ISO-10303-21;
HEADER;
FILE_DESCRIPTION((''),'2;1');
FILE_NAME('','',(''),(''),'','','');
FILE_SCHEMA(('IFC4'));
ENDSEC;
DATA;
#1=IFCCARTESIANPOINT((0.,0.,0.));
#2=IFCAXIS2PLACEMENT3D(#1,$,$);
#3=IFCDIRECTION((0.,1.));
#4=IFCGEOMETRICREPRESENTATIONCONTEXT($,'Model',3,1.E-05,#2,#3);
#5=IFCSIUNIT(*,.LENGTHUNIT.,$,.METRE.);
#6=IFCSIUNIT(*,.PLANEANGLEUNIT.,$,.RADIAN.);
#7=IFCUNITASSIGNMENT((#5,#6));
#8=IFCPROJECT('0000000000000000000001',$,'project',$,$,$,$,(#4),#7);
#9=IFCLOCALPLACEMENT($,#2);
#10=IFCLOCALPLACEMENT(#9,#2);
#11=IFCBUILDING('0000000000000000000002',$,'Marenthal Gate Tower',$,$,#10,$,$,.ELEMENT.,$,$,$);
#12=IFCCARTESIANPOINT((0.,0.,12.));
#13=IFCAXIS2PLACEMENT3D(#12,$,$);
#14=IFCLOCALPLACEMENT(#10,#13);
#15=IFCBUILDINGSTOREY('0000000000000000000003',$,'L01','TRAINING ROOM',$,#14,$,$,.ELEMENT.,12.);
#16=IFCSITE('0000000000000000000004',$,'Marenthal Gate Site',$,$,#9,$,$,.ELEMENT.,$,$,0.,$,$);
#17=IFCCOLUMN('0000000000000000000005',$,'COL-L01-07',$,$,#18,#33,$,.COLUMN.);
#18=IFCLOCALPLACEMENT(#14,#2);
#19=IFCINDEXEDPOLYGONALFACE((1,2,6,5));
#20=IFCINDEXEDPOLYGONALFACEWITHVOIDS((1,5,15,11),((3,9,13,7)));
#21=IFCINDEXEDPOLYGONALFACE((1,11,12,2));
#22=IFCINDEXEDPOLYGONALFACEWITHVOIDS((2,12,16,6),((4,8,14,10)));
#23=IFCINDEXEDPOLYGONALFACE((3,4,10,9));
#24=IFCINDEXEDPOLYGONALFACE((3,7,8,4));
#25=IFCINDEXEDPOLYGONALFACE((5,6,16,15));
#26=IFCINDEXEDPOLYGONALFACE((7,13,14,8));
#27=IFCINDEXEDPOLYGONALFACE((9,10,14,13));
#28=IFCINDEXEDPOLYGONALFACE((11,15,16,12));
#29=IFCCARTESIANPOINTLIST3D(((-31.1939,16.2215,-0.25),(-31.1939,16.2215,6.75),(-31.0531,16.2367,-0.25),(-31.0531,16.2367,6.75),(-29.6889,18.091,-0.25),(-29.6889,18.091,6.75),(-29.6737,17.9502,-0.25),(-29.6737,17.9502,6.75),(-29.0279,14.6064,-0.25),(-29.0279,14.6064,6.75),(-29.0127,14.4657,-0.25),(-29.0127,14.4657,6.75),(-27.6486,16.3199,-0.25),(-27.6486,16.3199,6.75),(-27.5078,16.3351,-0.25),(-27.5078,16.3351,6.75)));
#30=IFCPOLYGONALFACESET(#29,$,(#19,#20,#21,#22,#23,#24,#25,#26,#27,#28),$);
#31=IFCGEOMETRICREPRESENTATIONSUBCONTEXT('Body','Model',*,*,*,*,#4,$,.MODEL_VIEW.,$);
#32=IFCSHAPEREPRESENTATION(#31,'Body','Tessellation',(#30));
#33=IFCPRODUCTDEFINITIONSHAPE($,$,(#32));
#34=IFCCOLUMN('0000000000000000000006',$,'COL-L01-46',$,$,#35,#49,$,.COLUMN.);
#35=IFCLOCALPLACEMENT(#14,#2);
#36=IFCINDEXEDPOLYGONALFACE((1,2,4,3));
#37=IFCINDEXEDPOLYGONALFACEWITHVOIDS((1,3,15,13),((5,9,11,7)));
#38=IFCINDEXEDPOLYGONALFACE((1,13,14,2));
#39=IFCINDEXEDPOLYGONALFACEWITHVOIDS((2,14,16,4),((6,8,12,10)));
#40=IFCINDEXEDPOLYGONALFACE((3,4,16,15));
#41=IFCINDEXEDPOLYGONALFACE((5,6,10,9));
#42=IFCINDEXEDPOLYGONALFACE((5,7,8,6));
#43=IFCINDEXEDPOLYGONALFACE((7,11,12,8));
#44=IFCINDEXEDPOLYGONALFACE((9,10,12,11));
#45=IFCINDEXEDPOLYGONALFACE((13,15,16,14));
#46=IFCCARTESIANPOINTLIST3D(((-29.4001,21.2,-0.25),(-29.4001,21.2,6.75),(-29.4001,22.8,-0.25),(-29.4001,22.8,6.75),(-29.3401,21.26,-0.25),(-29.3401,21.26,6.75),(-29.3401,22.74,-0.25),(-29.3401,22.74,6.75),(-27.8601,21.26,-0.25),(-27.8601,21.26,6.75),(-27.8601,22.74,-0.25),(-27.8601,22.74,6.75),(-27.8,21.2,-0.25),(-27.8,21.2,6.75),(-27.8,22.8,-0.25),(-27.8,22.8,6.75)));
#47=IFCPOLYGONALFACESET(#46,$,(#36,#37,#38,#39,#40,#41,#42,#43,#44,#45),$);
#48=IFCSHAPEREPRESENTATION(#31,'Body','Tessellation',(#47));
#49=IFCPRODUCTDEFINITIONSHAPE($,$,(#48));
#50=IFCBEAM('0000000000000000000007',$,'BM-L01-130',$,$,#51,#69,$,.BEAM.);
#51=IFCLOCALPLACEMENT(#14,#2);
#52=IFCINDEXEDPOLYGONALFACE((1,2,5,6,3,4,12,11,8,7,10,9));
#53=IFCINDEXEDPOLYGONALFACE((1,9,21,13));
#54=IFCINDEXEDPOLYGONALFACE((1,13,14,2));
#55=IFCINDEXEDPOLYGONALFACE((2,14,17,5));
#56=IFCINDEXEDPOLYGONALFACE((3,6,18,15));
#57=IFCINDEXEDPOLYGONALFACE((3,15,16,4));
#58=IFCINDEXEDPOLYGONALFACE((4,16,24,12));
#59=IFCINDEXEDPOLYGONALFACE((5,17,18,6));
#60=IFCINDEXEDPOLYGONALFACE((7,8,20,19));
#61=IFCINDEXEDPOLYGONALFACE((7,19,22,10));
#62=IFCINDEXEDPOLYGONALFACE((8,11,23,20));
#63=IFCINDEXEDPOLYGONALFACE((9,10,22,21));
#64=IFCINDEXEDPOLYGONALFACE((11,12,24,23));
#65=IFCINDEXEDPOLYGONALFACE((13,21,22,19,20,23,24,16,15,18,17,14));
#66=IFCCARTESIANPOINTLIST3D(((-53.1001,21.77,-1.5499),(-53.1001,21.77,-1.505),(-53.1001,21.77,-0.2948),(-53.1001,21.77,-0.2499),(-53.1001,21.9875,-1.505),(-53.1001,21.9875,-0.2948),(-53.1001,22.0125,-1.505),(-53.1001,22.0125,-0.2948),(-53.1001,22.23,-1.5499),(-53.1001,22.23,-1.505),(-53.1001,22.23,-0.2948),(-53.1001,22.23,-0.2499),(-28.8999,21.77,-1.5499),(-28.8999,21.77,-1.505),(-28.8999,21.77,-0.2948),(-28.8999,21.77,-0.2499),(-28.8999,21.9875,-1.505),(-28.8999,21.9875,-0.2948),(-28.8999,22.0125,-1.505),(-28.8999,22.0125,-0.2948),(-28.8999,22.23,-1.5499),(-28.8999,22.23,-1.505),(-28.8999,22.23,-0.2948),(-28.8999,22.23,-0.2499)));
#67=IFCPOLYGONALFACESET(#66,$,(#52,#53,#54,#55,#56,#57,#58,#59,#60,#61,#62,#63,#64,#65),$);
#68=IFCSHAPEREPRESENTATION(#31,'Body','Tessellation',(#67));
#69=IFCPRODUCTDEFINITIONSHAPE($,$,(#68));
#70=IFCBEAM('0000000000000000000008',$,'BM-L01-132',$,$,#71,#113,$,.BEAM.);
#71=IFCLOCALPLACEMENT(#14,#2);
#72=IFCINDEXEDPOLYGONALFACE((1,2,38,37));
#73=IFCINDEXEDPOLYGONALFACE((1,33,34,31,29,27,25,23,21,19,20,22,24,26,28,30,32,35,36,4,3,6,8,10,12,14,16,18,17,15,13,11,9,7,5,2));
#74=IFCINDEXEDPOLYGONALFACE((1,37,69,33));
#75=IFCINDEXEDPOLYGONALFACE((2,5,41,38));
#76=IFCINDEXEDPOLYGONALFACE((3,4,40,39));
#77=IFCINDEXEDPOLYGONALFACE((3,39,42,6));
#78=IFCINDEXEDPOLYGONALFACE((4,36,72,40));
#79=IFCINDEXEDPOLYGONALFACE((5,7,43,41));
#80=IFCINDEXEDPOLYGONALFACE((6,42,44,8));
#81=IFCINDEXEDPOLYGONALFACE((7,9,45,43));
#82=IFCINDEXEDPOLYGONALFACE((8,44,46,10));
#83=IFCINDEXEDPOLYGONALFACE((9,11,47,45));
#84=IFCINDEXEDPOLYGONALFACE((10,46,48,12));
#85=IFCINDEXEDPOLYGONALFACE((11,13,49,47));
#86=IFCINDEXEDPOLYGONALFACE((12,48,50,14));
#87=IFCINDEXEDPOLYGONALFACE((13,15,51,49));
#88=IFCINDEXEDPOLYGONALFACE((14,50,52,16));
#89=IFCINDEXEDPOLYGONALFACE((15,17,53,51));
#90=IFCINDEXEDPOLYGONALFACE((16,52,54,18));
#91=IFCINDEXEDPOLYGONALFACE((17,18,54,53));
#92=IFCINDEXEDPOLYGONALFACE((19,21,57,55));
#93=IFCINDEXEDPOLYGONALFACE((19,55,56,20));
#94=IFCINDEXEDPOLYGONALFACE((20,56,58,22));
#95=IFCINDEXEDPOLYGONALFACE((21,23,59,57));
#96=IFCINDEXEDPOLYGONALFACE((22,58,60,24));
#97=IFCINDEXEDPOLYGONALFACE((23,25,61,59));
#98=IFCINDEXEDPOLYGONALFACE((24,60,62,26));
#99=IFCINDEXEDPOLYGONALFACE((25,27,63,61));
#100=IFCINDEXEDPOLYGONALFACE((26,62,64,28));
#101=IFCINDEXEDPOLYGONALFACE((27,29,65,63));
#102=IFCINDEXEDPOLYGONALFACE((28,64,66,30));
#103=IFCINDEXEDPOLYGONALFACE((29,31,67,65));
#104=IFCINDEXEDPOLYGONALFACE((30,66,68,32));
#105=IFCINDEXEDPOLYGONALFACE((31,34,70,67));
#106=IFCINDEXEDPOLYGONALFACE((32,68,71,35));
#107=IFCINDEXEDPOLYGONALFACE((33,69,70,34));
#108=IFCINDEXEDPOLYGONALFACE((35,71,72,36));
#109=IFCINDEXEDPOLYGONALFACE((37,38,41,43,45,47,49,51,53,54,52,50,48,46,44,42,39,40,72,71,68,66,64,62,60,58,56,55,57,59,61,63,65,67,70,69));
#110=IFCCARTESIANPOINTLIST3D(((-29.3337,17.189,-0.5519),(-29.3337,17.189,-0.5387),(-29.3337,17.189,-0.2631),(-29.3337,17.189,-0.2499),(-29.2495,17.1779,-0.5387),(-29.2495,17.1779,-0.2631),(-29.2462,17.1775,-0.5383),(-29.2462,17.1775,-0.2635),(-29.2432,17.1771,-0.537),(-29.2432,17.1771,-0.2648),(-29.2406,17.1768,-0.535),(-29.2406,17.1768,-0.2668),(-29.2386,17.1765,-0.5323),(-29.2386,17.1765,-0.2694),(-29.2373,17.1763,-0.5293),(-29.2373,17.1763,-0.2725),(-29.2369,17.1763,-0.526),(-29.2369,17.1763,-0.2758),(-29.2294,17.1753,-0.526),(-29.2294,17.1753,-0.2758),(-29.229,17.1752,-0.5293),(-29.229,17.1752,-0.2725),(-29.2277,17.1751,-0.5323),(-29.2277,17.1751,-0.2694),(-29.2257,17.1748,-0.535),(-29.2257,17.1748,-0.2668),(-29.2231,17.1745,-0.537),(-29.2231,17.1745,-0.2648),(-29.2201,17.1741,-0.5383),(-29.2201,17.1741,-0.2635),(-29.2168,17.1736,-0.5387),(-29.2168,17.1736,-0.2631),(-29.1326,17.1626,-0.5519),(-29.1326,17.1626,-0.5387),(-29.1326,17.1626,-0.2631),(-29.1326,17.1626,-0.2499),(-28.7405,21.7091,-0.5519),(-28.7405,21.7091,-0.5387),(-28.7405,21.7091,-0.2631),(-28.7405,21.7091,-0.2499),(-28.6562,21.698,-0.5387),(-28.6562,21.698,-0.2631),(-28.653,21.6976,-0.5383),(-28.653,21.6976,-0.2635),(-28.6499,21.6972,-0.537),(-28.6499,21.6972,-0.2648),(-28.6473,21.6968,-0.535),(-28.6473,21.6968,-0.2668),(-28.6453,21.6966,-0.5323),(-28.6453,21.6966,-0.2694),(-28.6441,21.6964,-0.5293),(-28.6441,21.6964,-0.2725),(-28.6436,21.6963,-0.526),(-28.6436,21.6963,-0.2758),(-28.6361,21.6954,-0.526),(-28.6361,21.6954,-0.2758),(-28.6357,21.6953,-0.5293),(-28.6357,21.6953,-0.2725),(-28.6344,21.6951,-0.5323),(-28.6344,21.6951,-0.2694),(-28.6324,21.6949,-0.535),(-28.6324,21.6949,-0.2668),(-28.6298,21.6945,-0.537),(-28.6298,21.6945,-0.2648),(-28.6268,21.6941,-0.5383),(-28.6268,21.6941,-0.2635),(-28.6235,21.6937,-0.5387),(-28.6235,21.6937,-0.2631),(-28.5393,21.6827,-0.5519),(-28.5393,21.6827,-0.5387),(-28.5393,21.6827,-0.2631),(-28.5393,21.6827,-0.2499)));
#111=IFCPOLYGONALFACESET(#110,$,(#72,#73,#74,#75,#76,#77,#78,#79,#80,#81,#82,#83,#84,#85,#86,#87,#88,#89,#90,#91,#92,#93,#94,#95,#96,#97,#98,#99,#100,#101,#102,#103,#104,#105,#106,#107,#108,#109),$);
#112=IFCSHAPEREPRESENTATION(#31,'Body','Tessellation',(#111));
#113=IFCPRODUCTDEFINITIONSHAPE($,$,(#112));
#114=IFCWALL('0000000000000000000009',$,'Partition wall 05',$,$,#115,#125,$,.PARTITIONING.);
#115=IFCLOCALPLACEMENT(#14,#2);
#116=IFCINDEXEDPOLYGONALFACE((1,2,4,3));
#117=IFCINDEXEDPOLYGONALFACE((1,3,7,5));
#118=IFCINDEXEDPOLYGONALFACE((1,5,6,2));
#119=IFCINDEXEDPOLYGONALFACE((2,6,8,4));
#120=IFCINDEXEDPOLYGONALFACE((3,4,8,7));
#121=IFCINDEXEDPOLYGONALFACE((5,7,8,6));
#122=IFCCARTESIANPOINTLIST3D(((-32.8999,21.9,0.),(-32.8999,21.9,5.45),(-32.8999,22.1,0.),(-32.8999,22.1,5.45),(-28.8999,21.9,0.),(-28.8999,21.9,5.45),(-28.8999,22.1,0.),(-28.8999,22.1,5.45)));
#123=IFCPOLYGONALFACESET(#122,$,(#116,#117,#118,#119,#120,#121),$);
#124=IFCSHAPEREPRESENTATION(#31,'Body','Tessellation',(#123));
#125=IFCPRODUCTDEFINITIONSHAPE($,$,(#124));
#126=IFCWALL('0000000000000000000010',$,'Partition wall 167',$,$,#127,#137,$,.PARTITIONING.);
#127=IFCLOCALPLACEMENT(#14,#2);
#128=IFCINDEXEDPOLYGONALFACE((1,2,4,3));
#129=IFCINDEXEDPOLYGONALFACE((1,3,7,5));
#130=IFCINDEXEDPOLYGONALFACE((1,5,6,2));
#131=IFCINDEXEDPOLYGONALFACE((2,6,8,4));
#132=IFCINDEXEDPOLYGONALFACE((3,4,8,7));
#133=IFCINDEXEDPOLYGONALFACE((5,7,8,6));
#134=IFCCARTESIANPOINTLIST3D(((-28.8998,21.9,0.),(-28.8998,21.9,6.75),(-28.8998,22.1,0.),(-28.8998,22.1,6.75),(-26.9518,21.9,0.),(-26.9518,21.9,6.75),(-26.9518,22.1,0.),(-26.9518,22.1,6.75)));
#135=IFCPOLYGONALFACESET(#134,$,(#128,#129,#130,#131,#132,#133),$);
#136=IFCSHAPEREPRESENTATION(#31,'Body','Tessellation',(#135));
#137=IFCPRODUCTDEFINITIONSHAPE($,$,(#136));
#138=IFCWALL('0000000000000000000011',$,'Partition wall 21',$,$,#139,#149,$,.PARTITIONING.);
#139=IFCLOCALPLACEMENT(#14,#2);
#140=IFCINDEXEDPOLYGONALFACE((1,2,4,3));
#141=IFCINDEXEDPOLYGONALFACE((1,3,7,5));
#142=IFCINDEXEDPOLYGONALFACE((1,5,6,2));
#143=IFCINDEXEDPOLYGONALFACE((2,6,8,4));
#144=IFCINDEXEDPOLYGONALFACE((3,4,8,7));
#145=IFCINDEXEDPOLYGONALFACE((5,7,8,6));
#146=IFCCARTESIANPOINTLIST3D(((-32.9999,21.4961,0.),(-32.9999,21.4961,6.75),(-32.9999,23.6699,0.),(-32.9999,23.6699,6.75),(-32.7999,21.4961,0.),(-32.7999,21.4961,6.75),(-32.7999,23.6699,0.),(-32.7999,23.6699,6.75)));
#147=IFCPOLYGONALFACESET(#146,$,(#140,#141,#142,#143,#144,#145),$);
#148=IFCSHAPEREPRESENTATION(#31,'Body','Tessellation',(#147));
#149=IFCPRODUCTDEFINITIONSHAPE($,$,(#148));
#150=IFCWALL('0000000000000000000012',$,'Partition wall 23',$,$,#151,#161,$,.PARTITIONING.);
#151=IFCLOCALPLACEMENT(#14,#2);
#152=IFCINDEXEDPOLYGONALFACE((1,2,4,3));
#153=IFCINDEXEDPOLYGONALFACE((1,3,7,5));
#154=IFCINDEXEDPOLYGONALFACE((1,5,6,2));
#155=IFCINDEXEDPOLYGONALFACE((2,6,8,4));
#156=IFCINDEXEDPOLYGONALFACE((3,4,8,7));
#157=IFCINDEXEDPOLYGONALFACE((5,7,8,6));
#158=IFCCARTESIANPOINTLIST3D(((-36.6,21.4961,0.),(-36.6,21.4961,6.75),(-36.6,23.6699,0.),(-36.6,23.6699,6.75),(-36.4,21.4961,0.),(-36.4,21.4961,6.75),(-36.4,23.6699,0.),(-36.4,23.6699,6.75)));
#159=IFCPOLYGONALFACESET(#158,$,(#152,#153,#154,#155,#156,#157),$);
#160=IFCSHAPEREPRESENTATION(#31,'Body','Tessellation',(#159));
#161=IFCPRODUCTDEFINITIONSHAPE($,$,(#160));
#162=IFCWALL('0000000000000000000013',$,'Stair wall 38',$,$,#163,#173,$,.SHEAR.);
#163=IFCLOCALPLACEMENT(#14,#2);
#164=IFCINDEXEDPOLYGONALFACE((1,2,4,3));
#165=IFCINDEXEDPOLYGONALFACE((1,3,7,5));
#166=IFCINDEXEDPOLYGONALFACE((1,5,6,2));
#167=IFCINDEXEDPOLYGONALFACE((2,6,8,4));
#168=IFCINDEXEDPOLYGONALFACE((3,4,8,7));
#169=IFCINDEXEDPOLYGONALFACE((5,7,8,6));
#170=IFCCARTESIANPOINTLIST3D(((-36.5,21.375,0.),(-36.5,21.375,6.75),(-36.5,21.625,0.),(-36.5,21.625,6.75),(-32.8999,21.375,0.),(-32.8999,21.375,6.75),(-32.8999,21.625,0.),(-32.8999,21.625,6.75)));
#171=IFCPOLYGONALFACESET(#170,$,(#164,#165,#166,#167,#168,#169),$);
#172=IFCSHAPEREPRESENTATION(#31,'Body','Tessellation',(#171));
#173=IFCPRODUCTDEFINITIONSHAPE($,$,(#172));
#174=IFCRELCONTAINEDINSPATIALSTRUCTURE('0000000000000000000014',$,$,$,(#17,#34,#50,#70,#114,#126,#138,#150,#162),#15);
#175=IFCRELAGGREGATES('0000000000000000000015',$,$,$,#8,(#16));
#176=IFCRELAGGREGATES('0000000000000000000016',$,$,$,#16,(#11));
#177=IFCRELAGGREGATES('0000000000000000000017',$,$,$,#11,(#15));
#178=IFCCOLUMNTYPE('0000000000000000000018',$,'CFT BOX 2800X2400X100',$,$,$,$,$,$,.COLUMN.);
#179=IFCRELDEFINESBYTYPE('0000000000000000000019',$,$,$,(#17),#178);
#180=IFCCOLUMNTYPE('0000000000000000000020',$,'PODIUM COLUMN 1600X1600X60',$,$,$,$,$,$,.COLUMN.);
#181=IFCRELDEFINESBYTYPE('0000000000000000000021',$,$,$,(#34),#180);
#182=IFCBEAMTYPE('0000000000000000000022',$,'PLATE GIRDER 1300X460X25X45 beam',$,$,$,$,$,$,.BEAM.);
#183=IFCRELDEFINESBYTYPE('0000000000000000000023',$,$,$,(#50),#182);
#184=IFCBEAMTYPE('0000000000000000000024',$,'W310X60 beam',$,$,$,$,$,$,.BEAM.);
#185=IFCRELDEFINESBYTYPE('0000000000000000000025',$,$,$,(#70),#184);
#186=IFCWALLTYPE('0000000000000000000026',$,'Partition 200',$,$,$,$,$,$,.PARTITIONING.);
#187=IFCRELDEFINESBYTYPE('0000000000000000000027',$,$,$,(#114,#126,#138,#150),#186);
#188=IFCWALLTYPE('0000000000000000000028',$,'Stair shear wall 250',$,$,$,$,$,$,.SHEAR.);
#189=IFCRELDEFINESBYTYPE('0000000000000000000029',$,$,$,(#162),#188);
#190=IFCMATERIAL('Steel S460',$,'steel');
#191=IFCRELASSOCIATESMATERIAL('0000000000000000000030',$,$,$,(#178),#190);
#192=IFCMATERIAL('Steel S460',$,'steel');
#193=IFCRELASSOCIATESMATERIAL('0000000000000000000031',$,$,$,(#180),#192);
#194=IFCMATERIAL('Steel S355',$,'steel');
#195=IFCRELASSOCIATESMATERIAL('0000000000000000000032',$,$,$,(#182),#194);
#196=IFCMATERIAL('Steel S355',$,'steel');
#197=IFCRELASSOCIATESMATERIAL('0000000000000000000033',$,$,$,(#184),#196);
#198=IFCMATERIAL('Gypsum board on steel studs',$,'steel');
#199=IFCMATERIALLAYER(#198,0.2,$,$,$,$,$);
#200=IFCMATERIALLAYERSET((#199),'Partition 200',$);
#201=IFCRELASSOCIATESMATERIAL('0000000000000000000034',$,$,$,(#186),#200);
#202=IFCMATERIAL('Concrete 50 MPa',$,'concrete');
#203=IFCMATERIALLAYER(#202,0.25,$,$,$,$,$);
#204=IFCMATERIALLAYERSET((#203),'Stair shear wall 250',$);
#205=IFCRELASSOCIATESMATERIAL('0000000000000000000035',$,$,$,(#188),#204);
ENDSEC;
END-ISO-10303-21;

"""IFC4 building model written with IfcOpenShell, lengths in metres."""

from ifc_helpers import new_model, si_unit, direction, frame, frame_2d, origin, origin_2d, place, context, subcontext, project, spatial, rectangle, hollow_rectangle, i_section, extrude, material, layer, layer_set, material_profile, profile_set, type_object, element, save


model = new_model("IFC4")

# Units and contexts
model_context = context("Model", 3, precision=1e-05, world=origin(), true_north=direction((0.0, 1.0)))
body_context = subcontext(model_context, "Body", "Model", "MODEL_VIEW")
ifc_project = project(units=[si_unit("LENGTHUNIT", "METRE"), si_unit("PLANEANGLEUNIT", "RADIAN")], contexts=[model_context])

# Site, building, storey
site_placement = place(None, origin())
site = spatial("IfcSite", under=ifc_project, at=site_placement, Name="Marenthal Gate Site", CompositionType="ELEMENT", RefElevation=0.0)
building_placement = place(site_placement, origin())
building = spatial("IfcBuilding", under=site, at=building_placement, Name="Marenthal Gate Tower", CompositionType="ELEMENT")
storey_placement = place(building_placement, frame((0.0, 0.0, 12.0)))
storey = spatial("IfcBuildingStorey", under=building, at=storey_placement, Name="L01", Description="TRAINING ROOM", CompositionType="ELEMENT", Elevation=12.0)

# Columns
ifc_material_1 = material(Name="Steel S460", Category="steel")
ifc_material_profile_1 = material_profile(ifc_material_1, hollow_rectangle(XDim=2.3999, YDim=2.8, WallThickness=0.1001, at=origin_2d()), Name="CFT BOX 2800X2400X100")
ifc_material_2 = material(Name="Concrete 70 MPa", Category="concrete")
ifc_material_profile_2 = material_profile(ifc_material_2, rectangle(XDim=2.2, YDim=2.6001, at=origin_2d()), Name="CFT BOX 2800X2400X100 INFILL")
ifc_profile_set_1 = profile_set([ifc_material_profile_1, ifc_material_profile_2], Name="Steel S460 shell, Concrete 70 MPa infill")
column_type_1 = type_object("IfcColumnType", Name="CFT BOX 2800X2400X100", PredefinedType="COLUMN", material=ifc_profile_set_1)
column_1_placement = place(storey_placement, frame((-29.3508, 16.2783, -0.25), z_axis=(0.0, 0.0, 1.0), x_axis=(0.62707, 0.778963, 0.0)))
element("IfcColumn", 1, at=column_1_placement, inside=storey, type_object=column_type_1, Name="COL-L01-07", PredefinedType="COLUMN", context=body_context, shape_type="SweptSolid", body=[
    extrude(hollow_rectangle(XDim=2.3999, YDim=2.8, WallThickness=0.1001, at=origin_2d()), origin(), (0.0, 0.0, 1.0), 7.0),
])
ifc_material_3 = material(Name="Steel S460", Category="steel")
ifc_material_profile_3 = material_profile(ifc_material_3, hollow_rectangle(XDim=1.6001, YDim=1.6001, WallThickness=0.0601, at=origin_2d()), Name="CFT BOX 1600X1600X60")
ifc_material_4 = material(Name="Concrete 70 MPa", Category="concrete")
ifc_material_profile_4 = material_profile(ifc_material_4, rectangle(XDim=1.48, YDim=1.48, at=origin_2d()), Name="CFT BOX 1600X1600X60 INFILL")
ifc_profile_set_2 = profile_set([ifc_material_profile_3, ifc_material_profile_4], Name="Steel S460 shell, Concrete 70 MPa infill")
column_type_2 = type_object("IfcColumnType", Name="PODIUM COLUMN 1600X1600X60", PredefinedType="COLUMN", material=ifc_profile_set_2)
column_2_placement = place(storey_placement, frame((-28.6001, 22.0, -0.25), z_axis=(0.0, 0.0, 1.0), x_axis=(1.0, 0.0, 0.0)))
element("IfcColumn", 2, at=column_2_placement, inside=storey, type_object=column_type_2, Name="COL-L01-46", PredefinedType="COLUMN", context=body_context, shape_type="SweptSolid", body=[
    extrude(hollow_rectangle(XDim=1.6001, YDim=1.6001, WallThickness=0.0601, at=origin_2d()), origin(), (0.0, 0.0, 1.0), 7.0),
])

# Beams
ifc_material_5 = material(Name="Steel S355", Category="steel")
ifc_material_profile_5 = material_profile(ifc_material_5, i_section(OverallWidth=0.46, OverallDepth=1.3, WebThickness=0.0249, FlangeThickness=0.0449, at=origin_2d()), Name="PLATE GIRDER 1300X460X25X45")
ifc_profile_set_3 = profile_set([ifc_material_profile_5], Name="Steel S355")
beam_type_1 = type_object("IfcBeamType", Name="PLATE GIRDER 1300X460X25X45 beam", PredefinedType="BEAM", material=ifc_profile_set_3)
beam_1_placement = place(storey_placement, frame((-28.8999, 22.0, -0.8999), z_axis=(-1.0, 0.0, 0.0), x_axis=(0.0, -1.0, 0.0)))
element("IfcBeam", 3, at=beam_1_placement, inside=storey, type_object=beam_type_1, Name="BM-L01-130", PredefinedType="BEAM", context=body_context, shape_type="SweptSolid", body=[
    extrude(i_section(OverallWidth=0.46, OverallDepth=1.3, WebThickness=0.0249, FlangeThickness=0.0449, at=origin_2d()), origin(), (0.0, 0.0, 1.0), 24.2002),
])
ifc_material_6 = material(Name="Steel S355", Category="steel")
ifc_material_profile_6 = material_profile(ifc_material_6, i_section(OverallWidth=0.2029, OverallDepth=0.302, WebThickness=0.0076, FlangeThickness=0.0132, FilletRadius=0.0127, at=origin_2d()), Name="W310X60")
ifc_profile_set_4 = profile_set([ifc_material_profile_6], Name="Steel S355")
beam_type_2 = type_object("IfcBeamType", Name="W310X60 beam", PredefinedType="BEAM", material=ifc_profile_set_4)
beam_2_placement = place(storey_placement, frame((-29.2332, 17.1758, -0.4009), z_axis=(0.130136, 0.991496, 0.0), x_axis=(-0.991496, 0.130136, 0.0)))
element("IfcBeam", 4, at=beam_2_placement, inside=storey, type_object=beam_type_2, Name="BM-L01-132", PredefinedType="BEAM", context=body_context, shape_type="SweptSolid", body=[
    extrude(i_section(OverallWidth=0.2029, OverallDepth=0.302, WebThickness=0.0076, FlangeThickness=0.0132, FilletRadius=0.0127, at=origin_2d()), origin(), (0.0, 0.0, 1.0), 4.5588),
])

# Walls
ifc_material_7 = material(Name="Gypsum board on steel studs", Category="steel")
ifc_layer_1 = layer(ifc_material_7, 0.2)
ifc_layer_set_1 = layer_set([ifc_layer_1], Name="Partition 200")
wall_type_1 = type_object("IfcWallType", Name="Partition 200", PredefinedType="PARTITIONING", material=ifc_layer_set_1)
wall_1_placement = place(storey_placement, frame((-32.8999, 22.0, 0.0), z_axis=(0.0, 0.0, 1.0), x_axis=(1.0, 0.0, 0.0)))
element("IfcWall", 5, at=wall_1_placement, inside=storey, type_object=wall_type_1, Name="Partition wall 05", PredefinedType="PARTITIONING", context=body_context, shape_type="SweptSolid", body=[
    extrude(rectangle(XDim=4.0, YDim=0.2, at=frame_2d((2.0, 0.0))), origin(), (0.0, 0.0, 1.0), 5.45),
])
wall_2_placement = place(storey_placement, frame((-28.8999, 22.0, 0.0), z_axis=(0.0, 0.0, 1.0), x_axis=(1.0, 0.0, 0.0)))
element("IfcWall", 6, at=wall_2_placement, inside=storey, type_object=wall_type_1, Name="Partition wall 167", PredefinedType="PARTITIONING", context=body_context, shape_type="SweptSolid", body=[
    extrude(rectangle(XDim=1.948, YDim=0.2, at=frame_2d((0.9741, 0.0))), origin(), (0.0, 0.0, 1.0), 6.75),
])
for number, where, z_axis, x_axis, name in (
    (7, (-32.8999, 21.4961, 0.0), (0.0, 0.0, 1.0), (0.0, 1.0, 0.0), "Partition wall 21"),
    (8, (-36.5, 21.4961, 0.0), (0.0, 0.0, 1.0), (0.0, 1.0, 0.0), "Partition wall 23"),
):
    element("IfcWall", number, at=place(storey_placement, frame(where, z_axis=z_axis, x_axis=x_axis)), inside=storey, type_object=wall_type_1, Name=name, PredefinedType="PARTITIONING", context=body_context, shape_type="SweptSolid", body=[
        extrude(rectangle(XDim=2.1738, YDim=0.2, at=frame_2d((1.0869, 0.0))), origin(), (0.0, 0.0, 1.0), 6.75),
    ])
ifc_material_8 = material(Name="Concrete 50 MPa", Category="concrete")
ifc_layer_2 = layer(ifc_material_8, 0.25)
ifc_layer_set_2 = layer_set([ifc_layer_2], Name="Stair shear wall 250")
wall_type_2 = type_object("IfcWallType", Name="Stair shear wall 250", PredefinedType="SHEAR", material=ifc_layer_set_2)
wall_3_placement = place(storey_placement, frame((-36.5, 21.5, 0.0), z_axis=(0.0, 0.0, 1.0), x_axis=(1.0, 0.0, 0.0)))
element("IfcWall", 9, at=wall_3_placement, inside=storey, type_object=wall_type_2, Name="Stair wall 38", PredefinedType="SHEAR", context=body_context, shape_type="SweptSolid", body=[
    extrude(rectangle(XDim=3.6001, YDim=0.25, at=frame_2d((1.8, 0.0))), origin(), (0.0, 0.0, 1.0), 6.75),
])

save(model, "model.ifc")
